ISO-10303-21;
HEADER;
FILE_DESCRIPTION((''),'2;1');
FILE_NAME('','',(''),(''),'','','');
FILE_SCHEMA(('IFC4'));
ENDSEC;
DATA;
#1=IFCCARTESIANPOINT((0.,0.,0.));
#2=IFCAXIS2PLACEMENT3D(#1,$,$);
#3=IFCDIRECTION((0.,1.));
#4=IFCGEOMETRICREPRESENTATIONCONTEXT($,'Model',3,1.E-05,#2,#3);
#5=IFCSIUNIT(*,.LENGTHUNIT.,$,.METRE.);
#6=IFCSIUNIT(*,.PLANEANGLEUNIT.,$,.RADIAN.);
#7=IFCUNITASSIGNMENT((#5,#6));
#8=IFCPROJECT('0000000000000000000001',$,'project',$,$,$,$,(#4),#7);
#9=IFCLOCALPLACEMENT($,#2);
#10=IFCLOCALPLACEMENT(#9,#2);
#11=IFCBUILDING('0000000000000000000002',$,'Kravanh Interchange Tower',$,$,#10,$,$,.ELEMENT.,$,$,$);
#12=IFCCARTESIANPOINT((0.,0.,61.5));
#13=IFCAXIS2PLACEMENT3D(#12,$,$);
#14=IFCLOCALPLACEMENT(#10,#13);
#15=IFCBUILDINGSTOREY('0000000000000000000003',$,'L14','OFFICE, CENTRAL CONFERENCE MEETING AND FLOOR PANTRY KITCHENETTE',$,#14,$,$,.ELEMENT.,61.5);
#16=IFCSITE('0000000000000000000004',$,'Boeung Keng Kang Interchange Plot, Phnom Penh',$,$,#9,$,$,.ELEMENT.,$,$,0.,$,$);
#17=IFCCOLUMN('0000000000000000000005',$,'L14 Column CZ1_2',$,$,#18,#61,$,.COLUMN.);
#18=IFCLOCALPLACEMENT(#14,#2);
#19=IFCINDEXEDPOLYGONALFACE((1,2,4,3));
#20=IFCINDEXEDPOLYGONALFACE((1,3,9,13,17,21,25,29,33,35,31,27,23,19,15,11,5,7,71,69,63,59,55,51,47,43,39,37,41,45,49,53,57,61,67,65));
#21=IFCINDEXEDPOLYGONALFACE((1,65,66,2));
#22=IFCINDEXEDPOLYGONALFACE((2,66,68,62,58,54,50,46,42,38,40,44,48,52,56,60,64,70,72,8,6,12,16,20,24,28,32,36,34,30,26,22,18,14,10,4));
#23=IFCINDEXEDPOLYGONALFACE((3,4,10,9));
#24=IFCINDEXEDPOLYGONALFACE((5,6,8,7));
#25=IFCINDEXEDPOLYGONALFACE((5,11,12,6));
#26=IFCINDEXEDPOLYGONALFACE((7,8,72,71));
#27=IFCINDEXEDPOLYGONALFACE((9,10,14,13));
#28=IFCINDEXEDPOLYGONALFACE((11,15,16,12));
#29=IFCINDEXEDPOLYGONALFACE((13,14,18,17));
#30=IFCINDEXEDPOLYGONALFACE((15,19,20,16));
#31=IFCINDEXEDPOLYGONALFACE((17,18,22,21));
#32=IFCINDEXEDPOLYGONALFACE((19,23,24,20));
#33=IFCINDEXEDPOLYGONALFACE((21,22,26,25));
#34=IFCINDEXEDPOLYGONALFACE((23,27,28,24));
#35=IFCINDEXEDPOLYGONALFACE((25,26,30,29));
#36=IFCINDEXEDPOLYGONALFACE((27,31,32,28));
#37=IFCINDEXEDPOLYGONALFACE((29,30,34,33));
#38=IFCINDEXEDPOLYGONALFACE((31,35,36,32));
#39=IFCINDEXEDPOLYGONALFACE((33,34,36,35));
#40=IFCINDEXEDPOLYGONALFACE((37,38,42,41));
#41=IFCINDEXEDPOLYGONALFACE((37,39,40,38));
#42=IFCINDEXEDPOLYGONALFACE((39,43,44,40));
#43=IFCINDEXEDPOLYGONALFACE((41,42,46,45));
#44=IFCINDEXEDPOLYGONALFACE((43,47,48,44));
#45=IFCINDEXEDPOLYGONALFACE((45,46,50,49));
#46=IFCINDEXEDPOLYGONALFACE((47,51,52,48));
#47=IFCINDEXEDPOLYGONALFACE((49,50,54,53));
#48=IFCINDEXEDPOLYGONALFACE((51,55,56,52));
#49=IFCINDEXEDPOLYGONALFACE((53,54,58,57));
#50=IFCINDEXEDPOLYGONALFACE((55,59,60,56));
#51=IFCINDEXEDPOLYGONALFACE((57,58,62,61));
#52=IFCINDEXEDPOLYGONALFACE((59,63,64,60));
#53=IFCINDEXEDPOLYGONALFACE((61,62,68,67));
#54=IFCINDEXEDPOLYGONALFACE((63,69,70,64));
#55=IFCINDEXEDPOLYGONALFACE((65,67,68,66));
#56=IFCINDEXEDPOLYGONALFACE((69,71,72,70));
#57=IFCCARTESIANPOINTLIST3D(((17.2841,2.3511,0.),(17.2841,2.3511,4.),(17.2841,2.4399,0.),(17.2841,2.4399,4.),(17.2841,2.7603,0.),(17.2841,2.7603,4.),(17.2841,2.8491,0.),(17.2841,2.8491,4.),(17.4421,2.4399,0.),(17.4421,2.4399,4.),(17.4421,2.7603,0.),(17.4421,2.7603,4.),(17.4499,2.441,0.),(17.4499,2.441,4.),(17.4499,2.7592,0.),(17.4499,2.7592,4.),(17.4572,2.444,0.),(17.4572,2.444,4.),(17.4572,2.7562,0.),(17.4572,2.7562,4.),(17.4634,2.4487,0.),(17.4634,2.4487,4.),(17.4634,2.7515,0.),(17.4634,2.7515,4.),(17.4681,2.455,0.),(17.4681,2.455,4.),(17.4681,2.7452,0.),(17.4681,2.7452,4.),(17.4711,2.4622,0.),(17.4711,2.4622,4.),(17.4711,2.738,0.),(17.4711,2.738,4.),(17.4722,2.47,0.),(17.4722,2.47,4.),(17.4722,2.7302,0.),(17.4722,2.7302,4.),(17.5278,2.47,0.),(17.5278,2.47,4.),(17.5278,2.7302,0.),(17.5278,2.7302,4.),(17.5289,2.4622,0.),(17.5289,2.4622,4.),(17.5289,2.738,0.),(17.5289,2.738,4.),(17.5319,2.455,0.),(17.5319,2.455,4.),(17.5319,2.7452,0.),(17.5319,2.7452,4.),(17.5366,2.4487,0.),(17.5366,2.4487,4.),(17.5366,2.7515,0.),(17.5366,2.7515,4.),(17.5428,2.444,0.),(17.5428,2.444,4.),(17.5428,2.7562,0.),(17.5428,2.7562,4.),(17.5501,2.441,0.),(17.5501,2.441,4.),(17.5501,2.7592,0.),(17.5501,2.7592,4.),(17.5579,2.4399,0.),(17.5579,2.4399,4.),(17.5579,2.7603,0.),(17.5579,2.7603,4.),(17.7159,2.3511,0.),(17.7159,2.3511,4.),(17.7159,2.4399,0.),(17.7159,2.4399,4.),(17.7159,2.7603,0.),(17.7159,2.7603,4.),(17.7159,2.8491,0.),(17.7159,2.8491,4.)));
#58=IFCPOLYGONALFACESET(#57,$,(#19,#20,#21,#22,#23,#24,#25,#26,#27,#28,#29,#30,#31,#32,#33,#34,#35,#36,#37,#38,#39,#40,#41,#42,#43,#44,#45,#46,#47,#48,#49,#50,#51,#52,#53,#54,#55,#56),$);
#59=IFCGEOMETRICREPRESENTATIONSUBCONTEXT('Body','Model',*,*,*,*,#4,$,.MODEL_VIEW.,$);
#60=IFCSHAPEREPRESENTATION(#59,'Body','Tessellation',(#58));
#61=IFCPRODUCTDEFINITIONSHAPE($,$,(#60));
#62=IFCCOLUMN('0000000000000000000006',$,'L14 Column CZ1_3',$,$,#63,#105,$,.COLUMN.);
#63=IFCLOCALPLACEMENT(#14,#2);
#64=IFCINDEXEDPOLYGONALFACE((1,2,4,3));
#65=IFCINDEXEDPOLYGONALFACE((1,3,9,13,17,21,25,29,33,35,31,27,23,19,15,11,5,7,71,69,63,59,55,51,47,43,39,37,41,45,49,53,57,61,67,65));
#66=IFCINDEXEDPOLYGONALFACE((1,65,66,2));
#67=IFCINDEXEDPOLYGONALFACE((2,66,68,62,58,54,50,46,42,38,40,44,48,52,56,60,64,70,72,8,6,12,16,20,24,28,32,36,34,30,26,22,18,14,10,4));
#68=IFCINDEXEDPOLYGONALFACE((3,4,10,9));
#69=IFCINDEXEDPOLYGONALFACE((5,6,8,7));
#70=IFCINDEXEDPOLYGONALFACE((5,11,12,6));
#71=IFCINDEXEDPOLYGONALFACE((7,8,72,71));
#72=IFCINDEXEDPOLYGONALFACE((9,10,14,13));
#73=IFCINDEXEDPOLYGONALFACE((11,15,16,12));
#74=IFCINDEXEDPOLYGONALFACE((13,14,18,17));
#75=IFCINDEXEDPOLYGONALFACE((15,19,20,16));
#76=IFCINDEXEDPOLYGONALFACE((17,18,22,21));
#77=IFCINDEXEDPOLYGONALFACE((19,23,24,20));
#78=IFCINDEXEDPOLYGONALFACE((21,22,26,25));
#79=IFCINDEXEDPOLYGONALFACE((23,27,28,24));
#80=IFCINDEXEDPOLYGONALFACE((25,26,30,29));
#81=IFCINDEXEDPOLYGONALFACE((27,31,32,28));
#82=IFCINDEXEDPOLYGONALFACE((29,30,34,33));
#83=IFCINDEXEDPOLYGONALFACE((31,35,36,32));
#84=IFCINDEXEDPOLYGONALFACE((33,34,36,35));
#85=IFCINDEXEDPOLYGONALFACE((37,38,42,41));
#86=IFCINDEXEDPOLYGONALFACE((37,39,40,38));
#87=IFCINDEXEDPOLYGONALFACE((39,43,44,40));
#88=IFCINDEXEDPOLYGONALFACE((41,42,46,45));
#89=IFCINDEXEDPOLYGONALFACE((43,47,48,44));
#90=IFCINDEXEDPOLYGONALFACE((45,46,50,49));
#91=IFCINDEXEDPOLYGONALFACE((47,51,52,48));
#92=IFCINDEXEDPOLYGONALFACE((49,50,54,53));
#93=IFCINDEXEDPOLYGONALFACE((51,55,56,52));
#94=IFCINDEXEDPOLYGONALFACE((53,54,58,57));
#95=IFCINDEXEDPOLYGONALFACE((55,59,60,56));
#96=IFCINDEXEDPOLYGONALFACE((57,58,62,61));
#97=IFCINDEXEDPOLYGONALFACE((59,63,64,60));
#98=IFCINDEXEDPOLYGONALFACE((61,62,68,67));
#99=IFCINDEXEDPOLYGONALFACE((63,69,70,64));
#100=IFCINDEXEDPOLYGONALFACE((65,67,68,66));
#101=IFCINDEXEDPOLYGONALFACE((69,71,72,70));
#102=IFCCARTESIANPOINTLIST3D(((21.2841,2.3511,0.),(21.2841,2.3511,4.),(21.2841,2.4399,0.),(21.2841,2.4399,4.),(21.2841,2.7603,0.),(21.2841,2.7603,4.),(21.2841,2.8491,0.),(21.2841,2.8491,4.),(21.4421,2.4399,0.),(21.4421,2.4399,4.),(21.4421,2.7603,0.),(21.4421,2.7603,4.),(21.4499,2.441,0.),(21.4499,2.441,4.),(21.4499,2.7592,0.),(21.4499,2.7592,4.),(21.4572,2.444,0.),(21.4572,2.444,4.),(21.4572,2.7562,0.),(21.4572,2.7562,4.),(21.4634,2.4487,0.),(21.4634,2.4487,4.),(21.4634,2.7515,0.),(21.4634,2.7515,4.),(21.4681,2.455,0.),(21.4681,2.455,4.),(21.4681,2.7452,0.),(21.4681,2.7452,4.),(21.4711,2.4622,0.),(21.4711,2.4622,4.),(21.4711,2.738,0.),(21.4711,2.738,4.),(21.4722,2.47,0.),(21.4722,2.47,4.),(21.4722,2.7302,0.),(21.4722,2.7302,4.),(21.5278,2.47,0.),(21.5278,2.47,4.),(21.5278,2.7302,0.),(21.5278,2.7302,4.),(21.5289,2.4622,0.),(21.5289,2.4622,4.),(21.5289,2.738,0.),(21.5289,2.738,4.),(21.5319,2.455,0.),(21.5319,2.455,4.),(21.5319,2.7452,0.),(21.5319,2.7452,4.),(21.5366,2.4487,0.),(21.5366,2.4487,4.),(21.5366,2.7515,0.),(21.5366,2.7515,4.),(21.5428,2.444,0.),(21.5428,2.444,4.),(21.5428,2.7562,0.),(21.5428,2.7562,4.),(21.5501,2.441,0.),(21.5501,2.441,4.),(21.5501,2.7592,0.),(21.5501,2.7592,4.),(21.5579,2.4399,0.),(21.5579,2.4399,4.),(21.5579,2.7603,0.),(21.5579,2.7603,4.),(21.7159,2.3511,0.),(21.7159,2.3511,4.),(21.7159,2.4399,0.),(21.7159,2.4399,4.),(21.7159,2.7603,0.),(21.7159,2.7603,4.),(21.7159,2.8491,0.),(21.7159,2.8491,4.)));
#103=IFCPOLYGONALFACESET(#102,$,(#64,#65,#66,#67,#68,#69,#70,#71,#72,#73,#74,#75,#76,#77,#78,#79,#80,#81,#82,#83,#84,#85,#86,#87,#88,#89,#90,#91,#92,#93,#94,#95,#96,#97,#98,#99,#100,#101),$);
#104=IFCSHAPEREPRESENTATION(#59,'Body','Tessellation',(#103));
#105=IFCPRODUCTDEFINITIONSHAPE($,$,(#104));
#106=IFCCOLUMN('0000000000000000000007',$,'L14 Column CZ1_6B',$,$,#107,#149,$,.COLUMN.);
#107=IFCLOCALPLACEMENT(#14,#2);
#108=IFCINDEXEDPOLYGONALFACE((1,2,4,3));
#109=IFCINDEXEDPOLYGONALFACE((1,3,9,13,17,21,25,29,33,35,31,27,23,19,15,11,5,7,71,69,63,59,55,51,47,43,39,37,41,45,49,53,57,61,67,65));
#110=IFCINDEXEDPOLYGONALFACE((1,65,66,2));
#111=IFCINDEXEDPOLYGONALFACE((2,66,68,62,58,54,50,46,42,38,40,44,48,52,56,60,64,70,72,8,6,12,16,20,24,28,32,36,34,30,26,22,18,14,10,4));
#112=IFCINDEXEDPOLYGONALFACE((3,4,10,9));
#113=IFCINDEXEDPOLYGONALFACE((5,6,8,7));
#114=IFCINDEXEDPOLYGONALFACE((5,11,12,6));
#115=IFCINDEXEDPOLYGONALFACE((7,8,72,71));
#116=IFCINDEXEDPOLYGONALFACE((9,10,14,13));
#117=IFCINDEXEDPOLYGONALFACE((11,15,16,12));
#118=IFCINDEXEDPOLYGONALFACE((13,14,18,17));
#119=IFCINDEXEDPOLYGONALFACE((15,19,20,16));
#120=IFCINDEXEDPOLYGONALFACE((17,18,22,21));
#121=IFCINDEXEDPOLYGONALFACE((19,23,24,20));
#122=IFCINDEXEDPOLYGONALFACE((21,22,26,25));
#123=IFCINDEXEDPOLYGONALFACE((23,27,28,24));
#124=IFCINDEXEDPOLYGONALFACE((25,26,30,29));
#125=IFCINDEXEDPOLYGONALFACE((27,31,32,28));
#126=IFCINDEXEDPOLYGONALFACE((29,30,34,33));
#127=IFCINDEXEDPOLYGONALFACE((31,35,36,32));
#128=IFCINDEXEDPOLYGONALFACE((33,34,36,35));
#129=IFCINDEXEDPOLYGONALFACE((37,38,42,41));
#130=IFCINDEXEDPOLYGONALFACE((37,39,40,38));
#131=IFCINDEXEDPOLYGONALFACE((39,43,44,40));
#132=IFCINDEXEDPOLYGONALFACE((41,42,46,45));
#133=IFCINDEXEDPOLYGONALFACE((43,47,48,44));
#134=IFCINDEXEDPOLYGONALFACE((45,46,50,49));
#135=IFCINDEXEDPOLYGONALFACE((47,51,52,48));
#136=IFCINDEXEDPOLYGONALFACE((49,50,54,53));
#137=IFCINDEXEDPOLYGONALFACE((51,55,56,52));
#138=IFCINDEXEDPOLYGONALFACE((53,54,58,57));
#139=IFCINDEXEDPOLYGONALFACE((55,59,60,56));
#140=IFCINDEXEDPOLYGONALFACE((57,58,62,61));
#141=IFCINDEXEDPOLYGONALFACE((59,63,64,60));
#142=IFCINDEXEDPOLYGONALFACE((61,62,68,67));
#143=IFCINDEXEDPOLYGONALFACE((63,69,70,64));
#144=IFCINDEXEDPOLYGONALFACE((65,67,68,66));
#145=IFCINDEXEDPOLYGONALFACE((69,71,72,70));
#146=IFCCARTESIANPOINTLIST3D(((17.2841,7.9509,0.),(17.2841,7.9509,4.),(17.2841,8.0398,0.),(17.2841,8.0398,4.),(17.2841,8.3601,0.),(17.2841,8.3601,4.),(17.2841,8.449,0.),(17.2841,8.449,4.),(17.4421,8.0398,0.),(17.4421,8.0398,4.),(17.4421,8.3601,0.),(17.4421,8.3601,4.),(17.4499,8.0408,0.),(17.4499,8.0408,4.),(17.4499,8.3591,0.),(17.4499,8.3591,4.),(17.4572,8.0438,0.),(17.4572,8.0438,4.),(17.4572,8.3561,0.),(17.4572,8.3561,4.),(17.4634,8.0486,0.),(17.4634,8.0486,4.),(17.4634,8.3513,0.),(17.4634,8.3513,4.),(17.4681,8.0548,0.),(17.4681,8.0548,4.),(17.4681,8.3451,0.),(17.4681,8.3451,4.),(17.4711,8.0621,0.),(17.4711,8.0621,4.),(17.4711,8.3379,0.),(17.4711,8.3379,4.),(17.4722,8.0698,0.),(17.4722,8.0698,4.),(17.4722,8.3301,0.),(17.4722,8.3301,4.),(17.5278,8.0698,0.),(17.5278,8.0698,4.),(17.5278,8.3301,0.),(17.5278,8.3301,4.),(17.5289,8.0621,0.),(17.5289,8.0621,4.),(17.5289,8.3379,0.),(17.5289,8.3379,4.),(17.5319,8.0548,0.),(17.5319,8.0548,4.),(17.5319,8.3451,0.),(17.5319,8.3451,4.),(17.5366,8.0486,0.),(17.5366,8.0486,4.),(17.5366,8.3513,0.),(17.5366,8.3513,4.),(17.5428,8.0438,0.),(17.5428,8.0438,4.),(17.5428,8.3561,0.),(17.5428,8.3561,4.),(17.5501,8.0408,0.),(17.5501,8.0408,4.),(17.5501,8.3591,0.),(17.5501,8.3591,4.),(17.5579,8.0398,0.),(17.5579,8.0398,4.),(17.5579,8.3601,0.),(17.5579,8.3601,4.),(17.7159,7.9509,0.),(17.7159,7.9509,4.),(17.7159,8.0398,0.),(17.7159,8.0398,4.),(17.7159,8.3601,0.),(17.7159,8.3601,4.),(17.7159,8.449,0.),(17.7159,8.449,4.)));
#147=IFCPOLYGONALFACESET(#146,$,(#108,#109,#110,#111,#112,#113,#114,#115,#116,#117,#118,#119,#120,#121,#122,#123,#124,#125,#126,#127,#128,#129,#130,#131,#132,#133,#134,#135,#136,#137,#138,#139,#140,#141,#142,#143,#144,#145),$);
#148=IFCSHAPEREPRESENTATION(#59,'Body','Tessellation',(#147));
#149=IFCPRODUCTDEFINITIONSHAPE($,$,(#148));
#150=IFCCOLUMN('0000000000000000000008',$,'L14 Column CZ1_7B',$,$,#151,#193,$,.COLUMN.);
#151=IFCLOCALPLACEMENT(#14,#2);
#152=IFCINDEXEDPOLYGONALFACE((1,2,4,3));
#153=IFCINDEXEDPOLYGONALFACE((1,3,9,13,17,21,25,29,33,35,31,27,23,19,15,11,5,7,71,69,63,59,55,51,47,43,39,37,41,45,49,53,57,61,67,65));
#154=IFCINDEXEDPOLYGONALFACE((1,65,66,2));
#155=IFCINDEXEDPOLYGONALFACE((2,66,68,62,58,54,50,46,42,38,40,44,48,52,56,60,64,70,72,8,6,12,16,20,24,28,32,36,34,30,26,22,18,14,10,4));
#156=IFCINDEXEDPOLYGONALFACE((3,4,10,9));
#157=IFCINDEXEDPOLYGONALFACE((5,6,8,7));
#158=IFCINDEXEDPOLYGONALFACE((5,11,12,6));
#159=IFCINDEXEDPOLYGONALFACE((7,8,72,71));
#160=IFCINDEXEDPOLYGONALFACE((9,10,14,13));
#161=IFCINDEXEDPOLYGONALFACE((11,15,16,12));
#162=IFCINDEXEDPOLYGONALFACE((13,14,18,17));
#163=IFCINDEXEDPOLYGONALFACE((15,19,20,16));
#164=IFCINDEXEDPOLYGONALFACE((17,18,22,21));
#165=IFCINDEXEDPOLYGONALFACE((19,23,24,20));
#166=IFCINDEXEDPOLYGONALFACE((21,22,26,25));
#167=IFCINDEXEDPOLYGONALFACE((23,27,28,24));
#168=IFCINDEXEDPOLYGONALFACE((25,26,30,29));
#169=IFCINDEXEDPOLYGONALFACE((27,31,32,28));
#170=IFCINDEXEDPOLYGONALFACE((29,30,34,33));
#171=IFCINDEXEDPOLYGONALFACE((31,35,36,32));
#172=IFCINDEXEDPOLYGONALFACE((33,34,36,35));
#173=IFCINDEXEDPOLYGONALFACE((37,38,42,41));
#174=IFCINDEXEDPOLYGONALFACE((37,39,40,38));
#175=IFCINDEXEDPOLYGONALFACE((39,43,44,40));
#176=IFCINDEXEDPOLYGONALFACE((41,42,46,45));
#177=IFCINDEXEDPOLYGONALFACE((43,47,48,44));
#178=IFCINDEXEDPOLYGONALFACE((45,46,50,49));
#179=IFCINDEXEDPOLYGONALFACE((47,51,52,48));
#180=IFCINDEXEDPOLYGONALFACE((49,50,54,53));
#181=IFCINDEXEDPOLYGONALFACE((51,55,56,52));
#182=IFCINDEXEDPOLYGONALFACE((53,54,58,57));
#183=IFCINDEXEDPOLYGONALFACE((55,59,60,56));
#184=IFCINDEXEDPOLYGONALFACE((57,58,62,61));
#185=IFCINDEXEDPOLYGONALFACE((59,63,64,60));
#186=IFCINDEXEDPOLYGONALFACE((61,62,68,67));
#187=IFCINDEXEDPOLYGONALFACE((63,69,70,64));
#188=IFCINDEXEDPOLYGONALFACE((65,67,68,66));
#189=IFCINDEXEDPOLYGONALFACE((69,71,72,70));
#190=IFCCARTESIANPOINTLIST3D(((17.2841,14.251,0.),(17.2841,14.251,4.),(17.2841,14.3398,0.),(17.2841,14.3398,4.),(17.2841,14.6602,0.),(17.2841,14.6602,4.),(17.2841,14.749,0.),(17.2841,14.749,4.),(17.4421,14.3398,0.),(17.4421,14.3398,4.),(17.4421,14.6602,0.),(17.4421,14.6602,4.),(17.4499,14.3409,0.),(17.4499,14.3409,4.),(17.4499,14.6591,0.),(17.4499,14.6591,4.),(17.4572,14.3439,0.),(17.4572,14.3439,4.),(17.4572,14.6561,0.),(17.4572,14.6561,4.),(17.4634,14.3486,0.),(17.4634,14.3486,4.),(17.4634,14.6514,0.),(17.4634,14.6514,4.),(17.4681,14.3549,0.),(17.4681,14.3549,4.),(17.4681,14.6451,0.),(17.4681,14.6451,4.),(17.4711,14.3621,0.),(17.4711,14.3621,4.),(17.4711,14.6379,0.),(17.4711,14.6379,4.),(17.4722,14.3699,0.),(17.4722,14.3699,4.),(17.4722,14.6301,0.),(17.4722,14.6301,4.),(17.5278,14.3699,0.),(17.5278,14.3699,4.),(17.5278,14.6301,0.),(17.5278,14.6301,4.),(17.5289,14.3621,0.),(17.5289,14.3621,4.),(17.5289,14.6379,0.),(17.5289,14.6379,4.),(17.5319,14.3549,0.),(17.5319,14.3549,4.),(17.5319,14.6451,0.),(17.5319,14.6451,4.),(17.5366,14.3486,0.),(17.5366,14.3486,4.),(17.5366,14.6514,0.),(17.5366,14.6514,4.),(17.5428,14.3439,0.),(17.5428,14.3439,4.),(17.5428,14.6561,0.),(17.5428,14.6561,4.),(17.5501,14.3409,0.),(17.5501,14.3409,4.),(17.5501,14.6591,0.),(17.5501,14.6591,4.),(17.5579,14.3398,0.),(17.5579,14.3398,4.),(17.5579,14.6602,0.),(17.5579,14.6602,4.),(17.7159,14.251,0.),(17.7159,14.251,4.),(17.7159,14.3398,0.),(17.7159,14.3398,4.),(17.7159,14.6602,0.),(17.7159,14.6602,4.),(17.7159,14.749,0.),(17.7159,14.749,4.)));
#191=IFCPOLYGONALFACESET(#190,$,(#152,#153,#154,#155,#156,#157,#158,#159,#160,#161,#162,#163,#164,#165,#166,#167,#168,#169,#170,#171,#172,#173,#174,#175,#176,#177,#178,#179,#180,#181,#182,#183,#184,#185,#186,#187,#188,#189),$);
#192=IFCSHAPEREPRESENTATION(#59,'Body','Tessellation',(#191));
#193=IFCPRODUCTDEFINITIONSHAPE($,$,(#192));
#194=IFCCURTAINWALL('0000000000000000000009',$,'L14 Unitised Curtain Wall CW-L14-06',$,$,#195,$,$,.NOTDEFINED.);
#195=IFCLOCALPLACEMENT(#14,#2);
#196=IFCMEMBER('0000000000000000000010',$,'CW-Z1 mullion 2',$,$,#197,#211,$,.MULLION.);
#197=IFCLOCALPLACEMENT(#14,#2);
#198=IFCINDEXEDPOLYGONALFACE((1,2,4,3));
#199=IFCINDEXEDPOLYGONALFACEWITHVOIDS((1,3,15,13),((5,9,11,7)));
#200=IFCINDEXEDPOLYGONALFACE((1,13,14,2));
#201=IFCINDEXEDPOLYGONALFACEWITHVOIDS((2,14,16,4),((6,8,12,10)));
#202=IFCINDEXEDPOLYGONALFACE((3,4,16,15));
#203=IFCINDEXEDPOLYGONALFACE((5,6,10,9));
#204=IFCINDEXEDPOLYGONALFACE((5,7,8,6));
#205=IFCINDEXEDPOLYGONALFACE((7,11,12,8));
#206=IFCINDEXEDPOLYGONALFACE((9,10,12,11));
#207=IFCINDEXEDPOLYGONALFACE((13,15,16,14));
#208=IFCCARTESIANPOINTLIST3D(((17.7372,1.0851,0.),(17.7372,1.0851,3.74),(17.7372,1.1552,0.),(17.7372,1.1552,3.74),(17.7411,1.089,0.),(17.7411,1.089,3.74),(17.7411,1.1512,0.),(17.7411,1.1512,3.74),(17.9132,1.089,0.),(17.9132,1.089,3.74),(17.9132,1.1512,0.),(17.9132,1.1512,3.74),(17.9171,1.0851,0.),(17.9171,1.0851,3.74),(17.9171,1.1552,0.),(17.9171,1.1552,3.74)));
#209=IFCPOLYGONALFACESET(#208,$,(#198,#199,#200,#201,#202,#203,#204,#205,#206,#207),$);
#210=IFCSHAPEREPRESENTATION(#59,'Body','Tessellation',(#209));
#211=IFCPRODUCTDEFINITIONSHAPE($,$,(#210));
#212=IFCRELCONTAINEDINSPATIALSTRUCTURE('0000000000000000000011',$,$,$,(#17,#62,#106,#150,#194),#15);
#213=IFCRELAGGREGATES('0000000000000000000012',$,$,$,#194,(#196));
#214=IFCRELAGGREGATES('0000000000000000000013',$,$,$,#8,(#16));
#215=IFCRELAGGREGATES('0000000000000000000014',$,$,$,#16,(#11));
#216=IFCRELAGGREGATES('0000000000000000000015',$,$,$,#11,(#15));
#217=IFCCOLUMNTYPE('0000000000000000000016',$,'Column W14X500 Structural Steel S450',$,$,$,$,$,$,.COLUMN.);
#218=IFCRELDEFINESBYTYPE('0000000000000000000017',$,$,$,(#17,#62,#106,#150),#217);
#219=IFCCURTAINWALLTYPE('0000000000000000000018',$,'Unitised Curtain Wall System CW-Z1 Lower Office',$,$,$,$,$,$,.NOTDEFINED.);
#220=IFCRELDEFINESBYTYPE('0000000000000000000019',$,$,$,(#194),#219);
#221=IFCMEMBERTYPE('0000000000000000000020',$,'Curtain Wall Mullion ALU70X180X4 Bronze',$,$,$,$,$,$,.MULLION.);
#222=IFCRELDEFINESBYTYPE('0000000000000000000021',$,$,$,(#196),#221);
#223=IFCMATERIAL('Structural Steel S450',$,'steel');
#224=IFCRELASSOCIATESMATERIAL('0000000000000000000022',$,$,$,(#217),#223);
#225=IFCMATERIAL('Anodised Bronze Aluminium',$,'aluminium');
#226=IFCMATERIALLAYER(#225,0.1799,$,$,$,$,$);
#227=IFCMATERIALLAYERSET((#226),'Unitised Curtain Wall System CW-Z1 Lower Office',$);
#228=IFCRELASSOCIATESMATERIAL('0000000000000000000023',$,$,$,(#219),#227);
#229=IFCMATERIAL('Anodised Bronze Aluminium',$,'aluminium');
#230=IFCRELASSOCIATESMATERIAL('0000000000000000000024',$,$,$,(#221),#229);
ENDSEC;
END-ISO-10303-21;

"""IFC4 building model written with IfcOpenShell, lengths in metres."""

from ifc_helpers import new_model, si_unit, direction, frame, origin, origin_2d, place, context, subcontext, project, spatial, hollow_rectangle, i_section, extrude, material, layer, layer_set, material_profile, profile_set, type_object, element, aggregate, save


model = new_model("IFC4")

# Units and contexts
model_context = context("Model", 3, precision=1e-05, world=origin(), true_north=direction((0.0, 1.0)))
body_context = subcontext(model_context, "Body", "Model", "MODEL_VIEW")
ifc_project = project(units=[si_unit("LENGTHUNIT", "METRE"), si_unit("PLANEANGLEUNIT", "RADIAN")], contexts=[model_context])

# Site, building, storey
site_placement = place(None, origin())
site = spatial("IfcSite", under=ifc_project, at=site_placement, Name="Boeung Keng Kang Interchange Plot, Phnom Penh", CompositionType="ELEMENT", RefElevation=0.0)
building_placement = place(site_placement, origin())
building = spatial("IfcBuilding", under=site, at=building_placement, Name="Kravanh Interchange Tower", CompositionType="ELEMENT")
storey_placement = place(building_placement, frame((0.0, 0.0, 61.5)))
storey = spatial("IfcBuildingStorey", under=building, at=storey_placement, Name="L14", Description="OFFICE, CENTRAL CONFERENCE MEETING AND FLOOR PANTRY KITCHENETTE", CompositionType="ELEMENT", Elevation=61.5)

# Columns
ifc_material_1 = material(Name="Structural Steel S450", Category="steel")
ifc_material_profile_1 = material_profile(ifc_material_1, i_section(OverallWidth=0.4319, OverallDepth=0.498, WebThickness=0.0557, FlangeThickness=0.0889, FilletRadius=0.03, at=origin_2d()), Name="W14X500")
ifc_profile_set_1 = profile_set([ifc_material_profile_1], Name="Structural Steel S450")
column_type = type_object("IfcColumnType", Name="Column W14X500 Structural Steel S450", PredefinedType="COLUMN", material=ifc_profile_set_1)
for number, where, z_axis, x_axis, name in (
    (1, (17.5, 2.6001, 0.0), (0.0, 0.0, 1.0), (1.0, 0.0, 0.0), "L14 Column CZ1_2"),
    (2, (21.5, 2.6001, 0.0), (0.0, 0.0, 1.0), (1.0, 0.0, 0.0), "L14 Column CZ1_3"),
    (3, (17.5, 8.2, 0.0), (0.0, 0.0, 1.0), (1.0, 0.0, 0.0), "L14 Column CZ1_6B"),
    (4, (17.5, 14.5, 0.0), (0.0, 0.0, 1.0), (1.0, 0.0, 0.0), "L14 Column CZ1_7B"),
):
    element("IfcColumn", number, at=place(storey_placement, frame(where, z_axis=z_axis, x_axis=x_axis)), inside=storey, type_object=column_type, Name=name, PredefinedType="COLUMN", context=body_context, shape_type="SweptSolid", body=[
        extrude(i_section(OverallWidth=0.4319, OverallDepth=0.498, WebThickness=0.0557, FlangeThickness=0.0889, FilletRadius=0.03, at=origin_2d()), origin(), (0.0, 0.0, 1.0), 4.0),
    ])

# Curtain wall, member
ifc_material_2 = material(Name="Anodised Bronze Aluminium", Category="aluminium")
ifc_layer_1 = layer(ifc_material_2, 0.1799)
ifc_layer_set_1 = layer_set([ifc_layer_1], Name="Unitised Curtain Wall System CW-Z1 Lower Office")
curtain_wall_type = type_object("IfcCurtainWallType", Name="Unitised Curtain Wall System CW-Z1 Lower Office", PredefinedType="NOTDEFINED", material=ifc_layer_set_1)
curtain_wall_placement = place(storey_placement, origin())
curtain_wall = element("IfcCurtainWall", 5, at=curtain_wall_placement, inside=storey, type_object=curtain_wall_type, Name="L14 Unitised Curtain Wall CW-L14-06", PredefinedType="NOTDEFINED")
ifc_material_3 = material(Name="Anodised Bronze Aluminium", Category="aluminium")
ifc_material_profile_2 = material_profile(ifc_material_3, hollow_rectangle(XDim=0.0701, YDim=0.1799, WallThickness=0.0039, at=origin_2d()), Name="ALU70X180X4")
ifc_profile_set_2 = profile_set([ifc_material_profile_2], Name="Anodised Bronze Aluminium")
member_type_1 = type_object("IfcMemberType", Name="Curtain Wall Mullion ALU70X180X4 Bronze", PredefinedType="MULLION", material=ifc_profile_set_2)
member_1_placement = place(storey_placement, frame((17.8271, 1.1201, 0.0), z_axis=(0.0, 0.0, 1.0), x_axis=(0.0, -1.0, 0.0)))
member_1 = element("IfcMember", 6, at=member_1_placement, type_object=member_type_1, Name="CW-Z1 mullion 2", PredefinedType="MULLION", context=body_context, shape_type="SweptSolid", body=[
    extrude(hollow_rectangle(XDim=0.0701, YDim=0.1799, WallThickness=0.0039, at=origin_2d()), origin(), (0.0, 0.0, 1.0), 3.74),
])

aggregate(curtain_wall, [member_1])

save(model, "model.ifc")
